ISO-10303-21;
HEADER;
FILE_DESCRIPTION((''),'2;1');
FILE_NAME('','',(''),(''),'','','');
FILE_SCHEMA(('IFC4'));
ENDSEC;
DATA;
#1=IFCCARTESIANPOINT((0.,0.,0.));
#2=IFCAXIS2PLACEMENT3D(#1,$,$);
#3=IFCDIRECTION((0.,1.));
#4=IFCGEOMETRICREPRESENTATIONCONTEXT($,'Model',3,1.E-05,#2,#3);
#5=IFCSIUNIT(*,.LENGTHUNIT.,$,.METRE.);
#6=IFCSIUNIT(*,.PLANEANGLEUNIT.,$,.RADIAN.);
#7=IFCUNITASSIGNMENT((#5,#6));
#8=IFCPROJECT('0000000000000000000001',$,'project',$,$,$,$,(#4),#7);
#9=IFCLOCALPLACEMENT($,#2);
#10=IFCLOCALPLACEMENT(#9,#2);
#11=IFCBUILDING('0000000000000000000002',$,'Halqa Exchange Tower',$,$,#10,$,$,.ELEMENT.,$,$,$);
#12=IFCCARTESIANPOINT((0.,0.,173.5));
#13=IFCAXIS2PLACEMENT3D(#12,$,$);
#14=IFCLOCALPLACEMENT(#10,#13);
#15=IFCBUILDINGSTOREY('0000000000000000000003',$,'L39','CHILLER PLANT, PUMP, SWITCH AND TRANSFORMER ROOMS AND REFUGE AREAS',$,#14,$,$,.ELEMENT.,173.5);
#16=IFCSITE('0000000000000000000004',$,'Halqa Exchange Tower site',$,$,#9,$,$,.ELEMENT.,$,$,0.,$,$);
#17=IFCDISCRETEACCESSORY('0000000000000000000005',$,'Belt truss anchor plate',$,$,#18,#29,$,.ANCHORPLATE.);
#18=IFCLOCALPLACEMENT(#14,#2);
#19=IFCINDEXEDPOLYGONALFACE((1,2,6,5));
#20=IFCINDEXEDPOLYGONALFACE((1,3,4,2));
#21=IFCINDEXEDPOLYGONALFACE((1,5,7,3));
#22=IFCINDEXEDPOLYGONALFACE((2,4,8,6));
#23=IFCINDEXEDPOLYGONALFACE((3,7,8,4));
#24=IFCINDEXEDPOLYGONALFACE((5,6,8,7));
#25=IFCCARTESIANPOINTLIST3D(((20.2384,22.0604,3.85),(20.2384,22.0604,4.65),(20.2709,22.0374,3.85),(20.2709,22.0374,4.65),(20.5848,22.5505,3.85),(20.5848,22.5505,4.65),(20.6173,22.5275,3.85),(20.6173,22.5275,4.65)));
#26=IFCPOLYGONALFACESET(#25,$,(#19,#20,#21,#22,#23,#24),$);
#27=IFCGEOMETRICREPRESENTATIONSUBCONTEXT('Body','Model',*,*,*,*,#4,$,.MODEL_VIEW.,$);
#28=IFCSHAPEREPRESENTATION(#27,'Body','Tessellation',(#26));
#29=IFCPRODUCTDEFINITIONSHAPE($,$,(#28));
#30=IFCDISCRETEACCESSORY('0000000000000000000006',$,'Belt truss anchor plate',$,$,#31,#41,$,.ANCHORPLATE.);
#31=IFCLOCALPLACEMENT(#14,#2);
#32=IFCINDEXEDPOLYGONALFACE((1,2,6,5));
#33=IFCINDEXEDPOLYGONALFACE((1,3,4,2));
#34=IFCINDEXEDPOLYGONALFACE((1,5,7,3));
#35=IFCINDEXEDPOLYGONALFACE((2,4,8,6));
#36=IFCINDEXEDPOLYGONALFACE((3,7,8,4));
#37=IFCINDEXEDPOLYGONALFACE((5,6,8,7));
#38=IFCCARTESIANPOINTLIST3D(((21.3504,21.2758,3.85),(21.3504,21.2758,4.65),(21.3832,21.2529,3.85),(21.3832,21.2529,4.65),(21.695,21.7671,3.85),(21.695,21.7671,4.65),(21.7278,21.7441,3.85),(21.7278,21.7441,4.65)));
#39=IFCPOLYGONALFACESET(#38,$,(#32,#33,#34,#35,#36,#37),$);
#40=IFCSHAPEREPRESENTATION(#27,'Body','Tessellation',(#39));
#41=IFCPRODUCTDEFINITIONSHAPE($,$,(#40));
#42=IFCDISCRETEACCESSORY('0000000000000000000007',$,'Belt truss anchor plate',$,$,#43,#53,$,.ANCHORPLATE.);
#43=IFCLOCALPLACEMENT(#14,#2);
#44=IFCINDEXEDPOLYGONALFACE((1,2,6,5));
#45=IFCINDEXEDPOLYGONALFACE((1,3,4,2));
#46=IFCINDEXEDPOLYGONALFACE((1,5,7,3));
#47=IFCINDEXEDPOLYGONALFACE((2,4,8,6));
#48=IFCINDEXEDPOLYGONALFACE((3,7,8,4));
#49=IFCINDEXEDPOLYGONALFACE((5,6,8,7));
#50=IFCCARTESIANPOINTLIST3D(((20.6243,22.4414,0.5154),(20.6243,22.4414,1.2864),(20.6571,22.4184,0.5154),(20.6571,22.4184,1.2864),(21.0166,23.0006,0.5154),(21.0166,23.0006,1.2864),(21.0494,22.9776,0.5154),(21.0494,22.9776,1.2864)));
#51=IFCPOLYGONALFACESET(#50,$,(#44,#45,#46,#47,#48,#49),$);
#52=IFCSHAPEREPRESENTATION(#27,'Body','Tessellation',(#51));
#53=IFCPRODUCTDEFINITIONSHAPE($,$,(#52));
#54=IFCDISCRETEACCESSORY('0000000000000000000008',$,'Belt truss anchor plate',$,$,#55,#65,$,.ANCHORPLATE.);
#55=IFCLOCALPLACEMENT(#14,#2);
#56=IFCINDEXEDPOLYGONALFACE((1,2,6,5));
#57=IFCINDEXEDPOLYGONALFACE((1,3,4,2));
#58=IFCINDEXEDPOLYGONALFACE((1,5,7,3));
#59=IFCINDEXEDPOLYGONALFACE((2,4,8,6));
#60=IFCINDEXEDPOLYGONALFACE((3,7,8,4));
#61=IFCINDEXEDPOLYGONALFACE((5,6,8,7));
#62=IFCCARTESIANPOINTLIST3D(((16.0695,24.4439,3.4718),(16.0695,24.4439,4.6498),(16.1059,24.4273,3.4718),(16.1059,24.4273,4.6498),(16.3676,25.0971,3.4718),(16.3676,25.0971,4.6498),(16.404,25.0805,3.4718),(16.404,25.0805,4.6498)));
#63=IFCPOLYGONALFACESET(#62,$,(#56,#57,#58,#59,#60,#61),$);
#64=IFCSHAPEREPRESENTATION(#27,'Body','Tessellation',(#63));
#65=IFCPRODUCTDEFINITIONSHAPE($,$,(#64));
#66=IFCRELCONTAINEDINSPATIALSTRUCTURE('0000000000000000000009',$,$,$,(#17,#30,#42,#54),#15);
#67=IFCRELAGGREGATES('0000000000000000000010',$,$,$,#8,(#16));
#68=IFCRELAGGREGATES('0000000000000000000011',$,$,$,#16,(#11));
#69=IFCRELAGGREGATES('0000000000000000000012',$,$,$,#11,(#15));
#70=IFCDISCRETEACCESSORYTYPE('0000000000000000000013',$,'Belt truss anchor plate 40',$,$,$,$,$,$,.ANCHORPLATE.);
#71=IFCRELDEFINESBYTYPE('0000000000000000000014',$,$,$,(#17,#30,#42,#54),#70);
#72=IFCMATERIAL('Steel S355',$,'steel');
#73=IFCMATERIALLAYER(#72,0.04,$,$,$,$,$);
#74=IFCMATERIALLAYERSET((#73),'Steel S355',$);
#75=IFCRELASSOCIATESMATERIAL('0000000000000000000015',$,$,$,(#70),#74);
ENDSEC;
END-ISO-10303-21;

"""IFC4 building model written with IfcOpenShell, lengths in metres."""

from ifc_helpers import new_model, si_unit, direction, frame, origin, origin_2d, place, context, subcontext, project, spatial, rectangle, extrude, material, layer, layer_set, type_object, element, save


model = new_model("IFC4")

# Units and contexts
model_context = context("Model", 3, precision=1e-05, world=origin(), true_north=direction((0.0, 1.0)))
body_context = subcontext(model_context, "Body", "Model", "MODEL_VIEW")
ifc_project = project(units=[si_unit("LENGTHUNIT", "METRE"), si_unit("PLANEANGLEUNIT", "RADIAN")], contexts=[model_context])

# Site, building, storey
site_placement = place(None, origin())
site = spatial("IfcSite", under=ifc_project, at=site_placement, Name="Halqa Exchange Tower site", CompositionType="ELEMENT", RefElevation=0.0)
building_placement = place(site_placement, origin())
building = spatial("IfcBuilding", under=site, at=building_placement, Name="Halqa Exchange Tower", CompositionType="ELEMENT")
storey_placement = place(building_placement, frame((0.0, 0.0, 173.5)))
storey = spatial("IfcBuildingStorey", under=building, at=storey_placement, Name="L39", Description="CHILLER PLANT, PUMP, SWITCH AND TRANSFORMER ROOMS AND REFUGE AREAS", CompositionType="ELEMENT", Elevation=173.5)

# Shared definitions
ifc_material_1 = material(Name="Steel S355", Category="steel")

# Discrete accessories
ifc_layer_1 = layer(ifc_material_1, 0.04)
ifc_layer_set_1 = layer_set([ifc_layer_1], Name="Steel S355")
discrete_accessory_type = type_object("IfcDiscreteAccessoryType", Name="Belt truss anchor plate 40", PredefinedType="ANCHORPLATE", material=ifc_layer_set_1)
discrete_accessory_1_placement = place(storey_placement, frame((20.4441, 22.2825, 4.25), z_axis=(-0.816627, 0.577165, 0.0), x_axis=(-0.577165, -0.816627, 0.0)))
element("IfcDiscreteAccessory", 1, at=discrete_accessory_1_placement, inside=storey, type_object=discrete_accessory_type, Name="Belt truss anchor plate", PredefinedType="ANCHORPLATE", context=body_context, shape_type="SweptSolid", body=[
    extrude(rectangle(XDim=0.6001, YDim=0.8, at=origin_2d()), origin(), (0.0, 0.0, 1.0), 0.0398),
])
discrete_accessory_2_placement = place(storey_placement, frame((21.5227, 21.5215, 4.25), z_axis=(0.818657, -0.574282, 0.0), x_axis=(0.574282, 0.818657, 0.0)))
element("IfcDiscreteAccessory", 2, at=discrete_accessory_2_placement, inside=storey, type_object=discrete_accessory_type, Name="Belt truss anchor plate", PredefinedType="ANCHORPLATE", context=body_context, shape_type="SweptSolid", body=[
    extrude(rectangle(XDim=0.6001, YDim=0.8, at=origin_2d()), origin(), (0.0, 0.0, 1.0), 0.04),
])
discrete_accessory_3_placement = place(storey_placement, frame((20.8533, 22.698, 0.9009), z_axis=(-0.818657, 0.574282, 0.0), x_axis=(-0.574282, -0.818657, 0.0)))
element("IfcDiscreteAccessory", 3, at=discrete_accessory_3_placement, inside=storey, type_object=discrete_accessory_type, Name="Belt truss anchor plate", PredefinedType="ANCHORPLATE", context=body_context, shape_type="SweptSolid", body=[
    extrude(rectangle(XDim=0.6831, YDim=0.771, at=origin_2d()), origin(), (0.0, 0.0, 1.0), 0.04),
])
discrete_accessory_4_placement = place(storey_placement, frame((16.2185, 24.7705, 4.0608), z_axis=(0.909738, -0.415183, 0.0), x_axis=(0.415183, 0.909738, 0.0)))
element("IfcDiscreteAccessory", 4, at=discrete_accessory_4_placement, inside=storey, type_object=discrete_accessory_type, Name="Belt truss anchor plate", PredefinedType="ANCHORPLATE", context=body_context, shape_type="SweptSolid", body=[
    extrude(rectangle(XDim=0.718, YDim=1.178, at=origin_2d()), origin(), (0.0, 0.0, 1.0), 0.04),
])

save(model, "model.ifc")
